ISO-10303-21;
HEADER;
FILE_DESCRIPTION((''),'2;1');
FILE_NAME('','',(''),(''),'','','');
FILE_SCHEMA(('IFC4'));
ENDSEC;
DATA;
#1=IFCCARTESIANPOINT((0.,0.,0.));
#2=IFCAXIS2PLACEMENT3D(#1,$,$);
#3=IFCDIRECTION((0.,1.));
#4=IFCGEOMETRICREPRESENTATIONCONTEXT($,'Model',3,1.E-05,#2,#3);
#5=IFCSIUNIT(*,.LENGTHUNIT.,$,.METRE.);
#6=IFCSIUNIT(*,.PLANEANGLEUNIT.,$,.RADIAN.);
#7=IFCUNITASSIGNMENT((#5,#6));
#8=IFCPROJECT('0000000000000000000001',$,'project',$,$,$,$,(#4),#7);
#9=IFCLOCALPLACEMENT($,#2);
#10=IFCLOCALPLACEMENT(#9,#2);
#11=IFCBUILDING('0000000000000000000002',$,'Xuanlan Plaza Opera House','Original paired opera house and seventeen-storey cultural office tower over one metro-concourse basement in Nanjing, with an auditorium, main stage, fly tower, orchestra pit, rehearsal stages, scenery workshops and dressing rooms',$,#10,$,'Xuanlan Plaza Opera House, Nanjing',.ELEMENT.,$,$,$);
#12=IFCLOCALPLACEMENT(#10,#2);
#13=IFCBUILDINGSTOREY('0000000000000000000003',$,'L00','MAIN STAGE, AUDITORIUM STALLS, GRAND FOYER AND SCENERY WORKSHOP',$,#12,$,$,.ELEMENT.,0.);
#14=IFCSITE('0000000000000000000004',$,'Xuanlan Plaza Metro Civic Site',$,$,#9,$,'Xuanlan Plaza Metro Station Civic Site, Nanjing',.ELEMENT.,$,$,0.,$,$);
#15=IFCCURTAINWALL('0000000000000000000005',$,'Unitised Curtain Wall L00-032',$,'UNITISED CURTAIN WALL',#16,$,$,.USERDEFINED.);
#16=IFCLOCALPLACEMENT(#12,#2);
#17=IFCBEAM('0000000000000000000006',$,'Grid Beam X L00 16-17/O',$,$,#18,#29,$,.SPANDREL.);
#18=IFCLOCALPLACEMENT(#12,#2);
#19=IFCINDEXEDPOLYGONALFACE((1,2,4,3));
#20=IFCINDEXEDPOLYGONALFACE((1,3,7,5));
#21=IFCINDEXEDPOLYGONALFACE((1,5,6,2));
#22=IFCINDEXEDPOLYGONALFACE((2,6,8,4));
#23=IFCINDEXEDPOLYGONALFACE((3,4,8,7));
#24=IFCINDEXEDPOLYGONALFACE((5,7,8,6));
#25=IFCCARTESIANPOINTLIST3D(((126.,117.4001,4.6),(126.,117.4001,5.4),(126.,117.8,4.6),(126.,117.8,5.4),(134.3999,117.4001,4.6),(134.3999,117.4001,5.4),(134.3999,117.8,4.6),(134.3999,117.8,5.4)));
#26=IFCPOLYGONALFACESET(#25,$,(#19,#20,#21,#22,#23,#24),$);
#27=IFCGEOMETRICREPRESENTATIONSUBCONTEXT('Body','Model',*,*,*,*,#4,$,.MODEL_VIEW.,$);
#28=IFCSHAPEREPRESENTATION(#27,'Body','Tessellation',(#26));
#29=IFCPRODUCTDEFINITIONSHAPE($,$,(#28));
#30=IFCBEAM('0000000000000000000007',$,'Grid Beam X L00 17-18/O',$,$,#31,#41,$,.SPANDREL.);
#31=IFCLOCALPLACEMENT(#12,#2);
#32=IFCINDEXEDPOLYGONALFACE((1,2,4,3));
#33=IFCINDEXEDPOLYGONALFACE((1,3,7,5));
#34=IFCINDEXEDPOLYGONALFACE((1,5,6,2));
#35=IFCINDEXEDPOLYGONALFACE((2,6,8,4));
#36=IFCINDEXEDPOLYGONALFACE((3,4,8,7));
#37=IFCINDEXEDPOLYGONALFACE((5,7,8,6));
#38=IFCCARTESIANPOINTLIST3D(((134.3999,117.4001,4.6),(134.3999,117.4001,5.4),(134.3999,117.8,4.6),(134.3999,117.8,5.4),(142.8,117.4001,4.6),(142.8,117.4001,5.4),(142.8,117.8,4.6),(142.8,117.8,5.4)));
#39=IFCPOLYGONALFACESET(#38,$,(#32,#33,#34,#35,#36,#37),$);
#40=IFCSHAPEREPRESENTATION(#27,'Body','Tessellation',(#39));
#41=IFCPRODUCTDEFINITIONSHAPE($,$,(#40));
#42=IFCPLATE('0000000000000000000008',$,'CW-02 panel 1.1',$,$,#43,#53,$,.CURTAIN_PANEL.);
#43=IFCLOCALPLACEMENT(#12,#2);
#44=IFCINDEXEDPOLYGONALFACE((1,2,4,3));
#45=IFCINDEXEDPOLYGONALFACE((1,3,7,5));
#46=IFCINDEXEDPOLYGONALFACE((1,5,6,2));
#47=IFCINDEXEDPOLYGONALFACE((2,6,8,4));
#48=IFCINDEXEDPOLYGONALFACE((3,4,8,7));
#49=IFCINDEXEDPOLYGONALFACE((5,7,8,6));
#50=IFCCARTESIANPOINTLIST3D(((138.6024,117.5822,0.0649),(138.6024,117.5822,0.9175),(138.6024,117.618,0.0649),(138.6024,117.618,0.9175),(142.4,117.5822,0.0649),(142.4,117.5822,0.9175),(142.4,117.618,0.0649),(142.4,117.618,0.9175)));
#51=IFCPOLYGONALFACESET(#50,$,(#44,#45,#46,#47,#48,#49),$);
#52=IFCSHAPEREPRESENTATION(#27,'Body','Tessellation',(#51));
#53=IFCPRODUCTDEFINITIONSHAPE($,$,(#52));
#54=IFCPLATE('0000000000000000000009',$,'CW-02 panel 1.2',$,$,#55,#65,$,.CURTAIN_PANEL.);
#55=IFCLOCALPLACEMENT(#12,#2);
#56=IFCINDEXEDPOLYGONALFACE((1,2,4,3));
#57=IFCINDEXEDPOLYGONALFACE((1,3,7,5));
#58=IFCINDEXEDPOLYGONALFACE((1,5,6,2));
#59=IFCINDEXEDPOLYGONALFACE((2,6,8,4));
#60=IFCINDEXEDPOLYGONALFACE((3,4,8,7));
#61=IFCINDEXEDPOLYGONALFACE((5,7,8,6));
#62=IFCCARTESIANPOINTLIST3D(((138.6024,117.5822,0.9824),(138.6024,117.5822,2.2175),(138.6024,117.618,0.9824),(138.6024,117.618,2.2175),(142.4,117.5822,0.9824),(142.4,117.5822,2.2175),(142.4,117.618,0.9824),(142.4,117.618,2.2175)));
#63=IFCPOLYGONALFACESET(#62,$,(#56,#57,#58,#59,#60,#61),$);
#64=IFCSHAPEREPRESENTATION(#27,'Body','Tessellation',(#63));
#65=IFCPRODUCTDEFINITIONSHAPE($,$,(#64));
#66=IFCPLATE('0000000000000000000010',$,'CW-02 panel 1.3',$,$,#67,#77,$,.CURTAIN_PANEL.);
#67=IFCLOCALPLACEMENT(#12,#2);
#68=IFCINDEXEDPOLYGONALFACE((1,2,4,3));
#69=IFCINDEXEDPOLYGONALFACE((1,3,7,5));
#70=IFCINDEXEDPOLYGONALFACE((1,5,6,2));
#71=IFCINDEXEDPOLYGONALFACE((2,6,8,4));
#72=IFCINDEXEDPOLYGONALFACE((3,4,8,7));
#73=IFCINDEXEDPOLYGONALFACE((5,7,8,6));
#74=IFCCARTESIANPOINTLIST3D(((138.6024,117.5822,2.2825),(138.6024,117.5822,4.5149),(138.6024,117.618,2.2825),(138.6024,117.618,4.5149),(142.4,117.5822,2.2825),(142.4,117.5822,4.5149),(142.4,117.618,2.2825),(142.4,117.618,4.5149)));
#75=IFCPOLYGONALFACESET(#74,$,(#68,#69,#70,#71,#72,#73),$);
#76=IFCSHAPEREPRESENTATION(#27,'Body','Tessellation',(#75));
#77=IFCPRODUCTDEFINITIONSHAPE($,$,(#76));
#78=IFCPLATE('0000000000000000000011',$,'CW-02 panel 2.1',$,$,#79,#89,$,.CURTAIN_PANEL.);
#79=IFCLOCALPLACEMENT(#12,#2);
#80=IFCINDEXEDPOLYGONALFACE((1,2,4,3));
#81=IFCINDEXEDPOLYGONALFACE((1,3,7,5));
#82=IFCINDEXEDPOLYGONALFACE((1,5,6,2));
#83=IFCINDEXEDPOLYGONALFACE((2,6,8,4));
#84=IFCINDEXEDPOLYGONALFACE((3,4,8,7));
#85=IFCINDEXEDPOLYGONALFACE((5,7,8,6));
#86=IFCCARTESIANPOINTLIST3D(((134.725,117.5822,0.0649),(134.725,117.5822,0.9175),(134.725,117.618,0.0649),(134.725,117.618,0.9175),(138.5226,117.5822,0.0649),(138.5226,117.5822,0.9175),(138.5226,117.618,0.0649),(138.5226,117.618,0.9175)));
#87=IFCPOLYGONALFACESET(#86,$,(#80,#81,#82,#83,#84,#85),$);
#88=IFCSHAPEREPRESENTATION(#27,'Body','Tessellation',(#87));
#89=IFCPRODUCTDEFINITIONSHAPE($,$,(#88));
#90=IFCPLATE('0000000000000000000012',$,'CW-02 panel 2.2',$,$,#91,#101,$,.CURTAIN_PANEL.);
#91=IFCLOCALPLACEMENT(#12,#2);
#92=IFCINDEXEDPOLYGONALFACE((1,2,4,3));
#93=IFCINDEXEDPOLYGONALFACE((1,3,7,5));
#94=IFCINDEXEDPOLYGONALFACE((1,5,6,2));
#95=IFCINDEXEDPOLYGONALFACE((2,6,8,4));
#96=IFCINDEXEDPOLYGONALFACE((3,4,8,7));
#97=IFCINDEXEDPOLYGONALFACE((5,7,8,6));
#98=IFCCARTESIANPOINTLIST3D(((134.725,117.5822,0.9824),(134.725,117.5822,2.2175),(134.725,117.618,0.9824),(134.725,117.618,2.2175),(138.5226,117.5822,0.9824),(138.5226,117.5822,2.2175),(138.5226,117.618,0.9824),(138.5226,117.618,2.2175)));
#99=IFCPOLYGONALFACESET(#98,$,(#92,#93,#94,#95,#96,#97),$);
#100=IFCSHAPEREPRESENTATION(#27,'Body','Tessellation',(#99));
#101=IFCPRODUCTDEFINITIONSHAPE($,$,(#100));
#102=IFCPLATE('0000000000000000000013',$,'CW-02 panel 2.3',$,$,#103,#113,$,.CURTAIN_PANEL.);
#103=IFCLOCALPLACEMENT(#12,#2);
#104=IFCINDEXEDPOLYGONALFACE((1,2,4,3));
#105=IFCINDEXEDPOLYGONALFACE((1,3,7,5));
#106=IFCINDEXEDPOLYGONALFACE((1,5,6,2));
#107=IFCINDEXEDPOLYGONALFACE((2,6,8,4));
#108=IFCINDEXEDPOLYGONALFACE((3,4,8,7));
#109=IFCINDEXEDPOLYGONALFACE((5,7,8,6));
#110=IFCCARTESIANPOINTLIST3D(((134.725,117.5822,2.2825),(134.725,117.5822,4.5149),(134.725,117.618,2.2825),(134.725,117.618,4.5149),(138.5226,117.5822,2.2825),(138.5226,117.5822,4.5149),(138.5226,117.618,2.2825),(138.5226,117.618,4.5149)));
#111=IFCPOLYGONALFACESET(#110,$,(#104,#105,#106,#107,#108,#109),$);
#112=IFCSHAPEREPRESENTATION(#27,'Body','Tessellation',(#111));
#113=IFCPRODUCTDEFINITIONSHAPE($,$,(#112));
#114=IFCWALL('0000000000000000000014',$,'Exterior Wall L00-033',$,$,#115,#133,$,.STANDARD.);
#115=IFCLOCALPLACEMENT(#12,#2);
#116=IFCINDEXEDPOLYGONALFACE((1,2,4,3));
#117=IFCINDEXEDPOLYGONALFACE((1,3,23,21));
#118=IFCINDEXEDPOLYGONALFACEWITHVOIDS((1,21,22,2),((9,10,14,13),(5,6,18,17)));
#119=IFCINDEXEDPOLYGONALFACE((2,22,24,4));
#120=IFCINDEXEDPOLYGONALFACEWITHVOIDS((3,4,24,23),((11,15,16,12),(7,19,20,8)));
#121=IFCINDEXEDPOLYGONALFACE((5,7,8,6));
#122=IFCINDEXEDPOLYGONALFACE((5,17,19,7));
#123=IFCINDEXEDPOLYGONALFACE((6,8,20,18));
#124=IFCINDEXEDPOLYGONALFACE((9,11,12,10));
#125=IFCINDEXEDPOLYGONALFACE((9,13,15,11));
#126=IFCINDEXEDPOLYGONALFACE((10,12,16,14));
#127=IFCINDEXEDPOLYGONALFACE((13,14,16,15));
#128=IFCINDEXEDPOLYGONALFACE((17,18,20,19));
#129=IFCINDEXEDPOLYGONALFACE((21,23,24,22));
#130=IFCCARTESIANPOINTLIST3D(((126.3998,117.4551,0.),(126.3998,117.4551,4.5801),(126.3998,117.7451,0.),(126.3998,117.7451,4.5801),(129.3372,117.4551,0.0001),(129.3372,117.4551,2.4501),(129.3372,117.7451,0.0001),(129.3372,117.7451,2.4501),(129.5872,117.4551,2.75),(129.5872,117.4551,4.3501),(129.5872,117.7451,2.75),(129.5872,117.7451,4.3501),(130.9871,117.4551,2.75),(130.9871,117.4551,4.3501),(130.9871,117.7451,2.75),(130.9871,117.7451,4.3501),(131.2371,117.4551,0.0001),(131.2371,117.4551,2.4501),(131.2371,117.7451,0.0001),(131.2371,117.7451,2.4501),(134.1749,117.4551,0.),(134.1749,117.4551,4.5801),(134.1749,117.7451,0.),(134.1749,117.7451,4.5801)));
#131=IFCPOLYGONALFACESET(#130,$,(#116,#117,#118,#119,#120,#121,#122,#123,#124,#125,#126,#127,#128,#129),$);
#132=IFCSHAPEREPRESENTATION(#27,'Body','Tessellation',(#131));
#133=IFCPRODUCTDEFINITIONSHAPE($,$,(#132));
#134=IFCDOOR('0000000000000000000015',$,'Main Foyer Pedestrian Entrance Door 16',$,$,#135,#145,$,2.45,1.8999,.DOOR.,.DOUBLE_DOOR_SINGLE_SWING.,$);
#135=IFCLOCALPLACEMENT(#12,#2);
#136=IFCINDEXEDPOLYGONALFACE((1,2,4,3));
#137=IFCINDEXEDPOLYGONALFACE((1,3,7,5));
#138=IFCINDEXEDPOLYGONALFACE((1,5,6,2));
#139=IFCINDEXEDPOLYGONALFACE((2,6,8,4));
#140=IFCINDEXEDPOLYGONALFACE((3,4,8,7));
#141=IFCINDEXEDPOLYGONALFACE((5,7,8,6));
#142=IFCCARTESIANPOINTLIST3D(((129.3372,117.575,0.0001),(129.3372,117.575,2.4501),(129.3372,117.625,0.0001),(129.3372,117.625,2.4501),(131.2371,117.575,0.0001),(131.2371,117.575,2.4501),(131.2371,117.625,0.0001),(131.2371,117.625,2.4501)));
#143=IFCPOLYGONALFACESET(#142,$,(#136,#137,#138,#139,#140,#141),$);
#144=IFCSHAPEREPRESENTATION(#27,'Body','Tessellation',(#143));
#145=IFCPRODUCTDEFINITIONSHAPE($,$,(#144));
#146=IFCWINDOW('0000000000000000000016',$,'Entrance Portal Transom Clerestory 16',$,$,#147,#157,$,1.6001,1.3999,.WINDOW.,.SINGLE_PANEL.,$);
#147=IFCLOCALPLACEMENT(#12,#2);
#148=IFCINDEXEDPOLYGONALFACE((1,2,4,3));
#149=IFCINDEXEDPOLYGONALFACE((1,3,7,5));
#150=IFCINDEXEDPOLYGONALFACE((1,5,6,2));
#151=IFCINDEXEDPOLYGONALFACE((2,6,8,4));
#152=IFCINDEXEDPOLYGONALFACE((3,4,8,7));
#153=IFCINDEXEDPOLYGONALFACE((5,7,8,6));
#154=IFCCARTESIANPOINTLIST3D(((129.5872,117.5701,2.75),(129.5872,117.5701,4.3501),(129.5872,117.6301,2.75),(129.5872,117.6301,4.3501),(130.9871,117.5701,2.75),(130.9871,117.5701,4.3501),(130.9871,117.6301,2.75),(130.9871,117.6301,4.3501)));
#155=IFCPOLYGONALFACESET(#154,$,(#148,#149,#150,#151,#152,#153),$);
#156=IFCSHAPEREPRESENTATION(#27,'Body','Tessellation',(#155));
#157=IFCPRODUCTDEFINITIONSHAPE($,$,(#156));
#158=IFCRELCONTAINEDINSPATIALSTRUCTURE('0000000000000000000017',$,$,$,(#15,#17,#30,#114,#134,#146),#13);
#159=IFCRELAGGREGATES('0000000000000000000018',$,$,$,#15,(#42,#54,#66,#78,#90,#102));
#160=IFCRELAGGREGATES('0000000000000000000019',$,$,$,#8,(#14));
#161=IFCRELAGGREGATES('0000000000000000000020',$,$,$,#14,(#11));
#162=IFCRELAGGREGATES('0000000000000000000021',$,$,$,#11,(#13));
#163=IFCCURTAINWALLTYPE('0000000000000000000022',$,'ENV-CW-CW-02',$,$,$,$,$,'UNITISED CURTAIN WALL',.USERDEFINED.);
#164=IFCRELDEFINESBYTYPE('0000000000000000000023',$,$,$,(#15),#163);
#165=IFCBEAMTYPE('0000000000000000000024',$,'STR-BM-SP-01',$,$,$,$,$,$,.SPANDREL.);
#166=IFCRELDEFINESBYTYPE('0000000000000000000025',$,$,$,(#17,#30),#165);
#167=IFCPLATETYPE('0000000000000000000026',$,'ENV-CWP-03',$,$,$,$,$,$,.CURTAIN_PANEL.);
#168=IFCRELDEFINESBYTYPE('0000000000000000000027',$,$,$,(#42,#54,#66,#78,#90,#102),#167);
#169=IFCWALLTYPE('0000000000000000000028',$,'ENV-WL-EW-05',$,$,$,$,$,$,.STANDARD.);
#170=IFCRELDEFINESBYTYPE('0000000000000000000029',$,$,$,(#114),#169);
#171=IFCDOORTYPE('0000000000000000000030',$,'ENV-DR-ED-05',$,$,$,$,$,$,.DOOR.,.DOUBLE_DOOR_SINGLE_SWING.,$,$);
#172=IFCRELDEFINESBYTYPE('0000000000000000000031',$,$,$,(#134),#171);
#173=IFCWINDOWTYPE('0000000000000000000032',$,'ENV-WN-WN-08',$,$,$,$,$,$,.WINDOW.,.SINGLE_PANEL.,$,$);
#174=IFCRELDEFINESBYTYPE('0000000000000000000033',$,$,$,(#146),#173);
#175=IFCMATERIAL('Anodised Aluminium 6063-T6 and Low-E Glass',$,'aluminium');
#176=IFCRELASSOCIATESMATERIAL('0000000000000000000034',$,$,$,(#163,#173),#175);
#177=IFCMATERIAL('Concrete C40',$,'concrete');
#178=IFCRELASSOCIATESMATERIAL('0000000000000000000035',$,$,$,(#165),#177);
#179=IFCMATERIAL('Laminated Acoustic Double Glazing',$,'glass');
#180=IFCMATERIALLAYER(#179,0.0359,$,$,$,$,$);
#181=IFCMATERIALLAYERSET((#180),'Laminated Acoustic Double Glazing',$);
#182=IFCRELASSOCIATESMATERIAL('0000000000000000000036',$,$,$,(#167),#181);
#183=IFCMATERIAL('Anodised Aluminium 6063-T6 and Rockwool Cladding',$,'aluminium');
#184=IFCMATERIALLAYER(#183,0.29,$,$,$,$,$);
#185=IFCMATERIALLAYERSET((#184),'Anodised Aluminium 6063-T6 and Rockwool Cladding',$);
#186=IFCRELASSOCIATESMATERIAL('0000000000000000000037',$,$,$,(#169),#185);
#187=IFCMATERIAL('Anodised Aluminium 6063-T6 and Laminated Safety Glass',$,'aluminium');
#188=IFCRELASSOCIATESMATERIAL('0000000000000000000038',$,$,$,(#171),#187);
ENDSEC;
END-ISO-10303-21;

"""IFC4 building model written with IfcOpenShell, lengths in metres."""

from ifc_helpers import new_model, si_unit, direction, frame, frame_2d, origin, origin_2d, place, context, subcontext, project, spatial, rectangle, extrude, material, layer, layer_set, material_profile, profile_set, type_object, element, fill, aggregate, save


model = new_model("IFC4")

# Units and contexts
model_context = context("Model", 3, precision=1e-05, world=origin(), true_north=direction((0.0, 1.0)))
body_context = subcontext(model_context, "Body", "Model", "MODEL_VIEW")
ifc_project = project(units=[si_unit("LENGTHUNIT", "METRE"), si_unit("PLANEANGLEUNIT", "RADIAN")], contexts=[model_context])

# Site, building, storey
site_placement = place(None, origin())
site = spatial("IfcSite", under=ifc_project, at=site_placement, Name="Xuanlan Plaza Metro Civic Site", LongName="Xuanlan Plaza Metro Station Civic Site, Nanjing", CompositionType="ELEMENT", RefElevation=0.0)
building_placement = place(site_placement, origin())
building = spatial("IfcBuilding", under=site, at=building_placement, Name="Xuanlan Plaza Opera House", Description="Original paired opera house and seventeen-storey cultural office tower over one metro-concourse basement in Nanjing, with an auditorium, main stage, fly tower, orchestra pit, rehearsal stages, scenery workshops and dressing rooms", LongName="Xuanlan Plaza Opera House, Nanjing", CompositionType="ELEMENT")
storey_placement = place(building_placement, origin())
storey = spatial("IfcBuildingStorey", under=building, at=storey_placement, Name="L00", Description="MAIN STAGE, AUDITORIUM STALLS, GRAND FOYER AND SCENERY WORKSHOP", CompositionType="ELEMENT", Elevation=0.0)

# Shared definitions
ifc_material_1 = material(Name="Concrete C40", Category="concrete")

# Shared definitions
ifc_material_2 = material(Name="Anodised Aluminium 6063-T6 and Low-E Glass", Category="aluminium")

# Curtain wall
curtain_wall_type_1 = type_object("IfcCurtainWallType", Name="ENV-CW-CW-02", ElementType="UNITISED CURTAIN WALL", PredefinedType="USERDEFINED", material=ifc_material_2)
curtain_wall_1_placement = place(storey_placement, origin())
curtain_wall_1 = element("IfcCurtainWall", 1, at=curtain_wall_1_placement, inside=storey, type_object=curtain_wall_type_1, Name="Unitised Curtain Wall L00-032", ObjectType="UNITISED CURTAIN WALL", PredefinedType="USERDEFINED")

# Beams
ifc_material_profile_1 = material_profile(ifc_material_1, rectangle(XDim=0.3999, YDim=0.8, at=origin_2d()), Name="RC-SPD 400x800")
ifc_profile_set_1 = profile_set([ifc_material_profile_1], Name="Concrete C40")
beam_type = type_object("IfcBeamType", Name="STR-BM-SP-01", PredefinedType="SPANDREL", material=ifc_profile_set_1)
beam_1_placement = place(storey_placement, frame((126.0, 117.6001, 5.0), z_axis=(1.0, 0.0, 0.0), x_axis=(0.0, 1.0, 0.0)))
element("IfcBeam", 2, at=beam_1_placement, inside=storey, type_object=beam_type, Name="Grid Beam X L00 16-17/O", PredefinedType="SPANDREL", context=body_context, shape_type="SweptSolid", body=[
    extrude(rectangle(XDim=0.3999, YDim=0.8, at=origin_2d()), origin(), (0.0, 0.0, 1.0), 8.3999),
])
beam_2_placement = place(storey_placement, frame((134.3999, 117.6001, 5.0), z_axis=(1.0, 0.0, 0.0), x_axis=(0.0, 1.0, 0.0)))
element("IfcBeam", 3, at=beam_2_placement, inside=storey, type_object=beam_type, Name="Grid Beam X L00 17-18/O", PredefinedType="SPANDREL", context=body_context, shape_type="SweptSolid", body=[
    extrude(rectangle(XDim=0.3999, YDim=0.8, at=origin_2d()), origin(), (0.0, 0.0, 1.0), 8.4001),
])

# Plates
ifc_material_3 = material(Name="Laminated Acoustic Double Glazing", Category="glass")
ifc_layer_1 = layer(ifc_material_3, 0.0359)
ifc_layer_set_1 = layer_set([ifc_layer_1], Name="Laminated Acoustic Double Glazing")
plate_type = type_object("IfcPlateType", Name="ENV-CWP-03", PredefinedType="CURTAIN_PANEL", material=ifc_layer_set_1)
plate_1_placement = place(storey_placement, frame((140.5012, 117.6001, 0.0649), z_axis=(0.0, 0.0, 1.0), x_axis=(-1.0, 0.0, 0.0)))
plate_1 = element("IfcPlate", 4, at=plate_1_placement, type_object=plate_type, Name="CW-02 panel 1.1", PredefinedType="CURTAIN_PANEL", context=body_context, shape_type="SweptSolid", body=[
    extrude(rectangle(XDim=3.7976, YDim=0.0359, at=origin_2d()), origin(), (0.0, 0.0, 1.0), 0.8525),
])
plate_2_placement = place(storey_placement, frame((140.5012, 117.6001, 0.9824), z_axis=(0.0, 0.0, 1.0), x_axis=(-1.0, 0.0, 0.0)))
plate_2 = element("IfcPlate", 5, at=plate_2_placement, type_object=plate_type, Name="CW-02 panel 1.2", PredefinedType="CURTAIN_PANEL", context=body_context, shape_type="SweptSolid", body=[
    extrude(rectangle(XDim=3.7976, YDim=0.0359, at=origin_2d()), origin(), (0.0, 0.0, 1.0), 1.2351),
])
plate_3_placement = place(storey_placement, frame((140.5012, 117.6001, 2.2825), z_axis=(0.0, 0.0, 1.0), x_axis=(-1.0, 0.0, 0.0)))
plate_3 = element("IfcPlate", 6, at=plate_3_placement, type_object=plate_type, Name="CW-02 panel 1.3", PredefinedType="CURTAIN_PANEL", context=body_context, shape_type="SweptSolid", body=[
    extrude(rectangle(XDim=3.7976, YDim=0.0359, at=origin_2d()), origin(), (0.0, 0.0, 1.0), 2.2324),
])
plate_4_placement = place(storey_placement, frame((136.6238, 117.6001, 0.0649), z_axis=(0.0, 0.0, 1.0), x_axis=(-1.0, 0.0, 0.0)))
plate_4 = element("IfcPlate", 7, at=plate_4_placement, type_object=plate_type, Name="CW-02 panel 2.1", PredefinedType="CURTAIN_PANEL", context=body_context, shape_type="SweptSolid", body=[
    extrude(rectangle(XDim=3.7976, YDim=0.0359, at=origin_2d()), origin(), (0.0, 0.0, 1.0), 0.8525),
])
plate_5_placement = place(storey_placement, frame((136.6238, 117.6001, 0.9824), z_axis=(0.0, 0.0, 1.0), x_axis=(-1.0, 0.0, 0.0)))
plate_5 = element("IfcPlate", 8, at=plate_5_placement, type_object=plate_type, Name="CW-02 panel 2.2", PredefinedType="CURTAIN_PANEL", context=body_context, shape_type="SweptSolid", body=[
    extrude(rectangle(XDim=3.7976, YDim=0.0359, at=origin_2d()), origin(), (0.0, 0.0, 1.0), 1.2351),
])
plate_6_placement = place(storey_placement, frame((136.6238, 117.6001, 2.2825), z_axis=(0.0, 0.0, 1.0), x_axis=(-1.0, 0.0, 0.0)))
plate_6 = element("IfcPlate", 9, at=plate_6_placement, type_object=plate_type, Name="CW-02 panel 2.3", PredefinedType="CURTAIN_PANEL", context=body_context, shape_type="SweptSolid", body=[
    extrude(rectangle(XDim=3.7976, YDim=0.0359, at=origin_2d()), origin(), (0.0, 0.0, 1.0), 2.2324),
])
aggregate(curtain_wall_1, [plate_1, plate_2, plate_3, plate_4, plate_5, plate_6])

# Wall, openings, door, window
ifc_material_4 = material(Name="Anodised Aluminium 6063-T6 and Rockwool Cladding", Category="aluminium")
ifc_layer_2 = layer(ifc_material_4, 0.29)
ifc_layer_set_2 = layer_set([ifc_layer_2], Name="Anodised Aluminium 6063-T6 and Rockwool Cladding")
wall_type_1 = type_object("IfcWallType", Name="ENV-WL-EW-05", PredefinedType="STANDARD", material=ifc_layer_set_2)
wall_1_placement = place(storey_placement, frame((134.175, 117.6001, 0.0), z_axis=(0.0, 0.0, 1.0), x_axis=(-1.0, 0.0, 0.0)))
wall_1 = element("IfcWall", 10, at=wall_1_placement, inside=storey, type_object=wall_type_1, Name="Exterior Wall L00-033", PredefinedType="STANDARD", context=body_context, shape_type="SweptSolid", body=[
    extrude(rectangle(XDim=7.7751, YDim=0.29, at=frame_2d((3.8877, 0.0))), origin(), (0.0, 0.0, 1.0), 4.5801),
])
opening_1_placement = place(wall_1_placement, frame((2.938, 0.0, 0.0)))
opening_1 = element("IfcOpeningElement", 11, at=opening_1_placement, cuts=wall_1, PredefinedType="OPENING", context=body_context, shape_type="SweptSolid", body=[
    extrude(rectangle(XDim=1.8999, YDim=2.45, at=frame_2d((0.95, 1.2251))), frame((0.0, 0.155, 0.0), z_axis=(0.0, -1.0, 0.0), x_axis=(1.0, 0.0, 0.0)), (0.0, 0.0, 1.0), 0.3101),
])
opening_2_placement = place(wall_1_placement, frame((3.188, 0.0, 2.75)))
opening_2 = element("IfcOpeningElement", 12, at=opening_2_placement, cuts=wall_1, PredefinedType="OPENING", context=body_context, shape_type="SweptSolid", body=[
    extrude(rectangle(XDim=1.3999, YDim=1.6001, at=frame_2d((0.7, 0.8))), frame((0.0, 0.155, 0.0), z_axis=(0.0, -1.0, 0.0), x_axis=(1.0, 0.0, 0.0)), (0.0, 0.0, 1.0), 0.3101),
])
ifc_material_5 = material(Name="Anodised Aluminium 6063-T6 and Laminated Safety Glass", Category="aluminium")
door_type_1 = type_object("IfcDoorType", Name="ENV-DR-ED-05", OperationType="DOUBLE_DOOR_SINGLE_SWING", PredefinedType="DOOR", material=ifc_material_5)
door_1_placement = place(opening_1_placement, frame((1.8999, 0.0, 0.0), z_axis=(0.0, 0.0, 1.0), x_axis=(-1.0, 0.0, 0.0)))
door_1 = element("IfcDoor", 13, at=door_1_placement, inside=storey, type_object=door_type_1, Name="Main Foyer Pedestrian Entrance Door 16", OperationType="DOUBLE_DOOR_SINGLE_SWING", OverallHeight=2.45, OverallWidth=1.8999, PredefinedType="DOOR", context=body_context, shape_type="SweptSolid", body=[
    extrude(rectangle(XDim=1.8999, YDim=2.45, at=frame_2d((0.95, 1.2251))), frame((0.0, 0.0249, 0.0), z_axis=(0.0, -1.0, 0.0), x_axis=(1.0, 0.0, 0.0)), (0.0, 0.0, 1.0), 0.05),
])
fill(opening_1, door_1)
window_type = type_object("IfcWindowType", Name="ENV-WN-WN-08", PartitioningType="SINGLE_PANEL", PredefinedType="WINDOW", material=ifc_material_2)
window_placement = place(opening_2_placement, origin())
window = element("IfcWindow", 14, at=window_placement, inside=storey, type_object=window_type, Name="Entrance Portal Transom Clerestory 16", OverallHeight=1.6001, OverallWidth=1.3999, PartitioningType="SINGLE_PANEL", PredefinedType="WINDOW", context=body_context, shape_type="SweptSolid", body=[
    extrude(rectangle(XDim=1.3999, YDim=1.6001, at=frame_2d((0.7, 0.8))), frame((0.0, 0.03, 0.0), z_axis=(0.0, -1.0, 0.0), x_axis=(1.0, 0.0, 0.0)), (0.0, 0.0, 1.0), 0.0601),
])
fill(opening_2, window)

save(model, "model.ifc")
